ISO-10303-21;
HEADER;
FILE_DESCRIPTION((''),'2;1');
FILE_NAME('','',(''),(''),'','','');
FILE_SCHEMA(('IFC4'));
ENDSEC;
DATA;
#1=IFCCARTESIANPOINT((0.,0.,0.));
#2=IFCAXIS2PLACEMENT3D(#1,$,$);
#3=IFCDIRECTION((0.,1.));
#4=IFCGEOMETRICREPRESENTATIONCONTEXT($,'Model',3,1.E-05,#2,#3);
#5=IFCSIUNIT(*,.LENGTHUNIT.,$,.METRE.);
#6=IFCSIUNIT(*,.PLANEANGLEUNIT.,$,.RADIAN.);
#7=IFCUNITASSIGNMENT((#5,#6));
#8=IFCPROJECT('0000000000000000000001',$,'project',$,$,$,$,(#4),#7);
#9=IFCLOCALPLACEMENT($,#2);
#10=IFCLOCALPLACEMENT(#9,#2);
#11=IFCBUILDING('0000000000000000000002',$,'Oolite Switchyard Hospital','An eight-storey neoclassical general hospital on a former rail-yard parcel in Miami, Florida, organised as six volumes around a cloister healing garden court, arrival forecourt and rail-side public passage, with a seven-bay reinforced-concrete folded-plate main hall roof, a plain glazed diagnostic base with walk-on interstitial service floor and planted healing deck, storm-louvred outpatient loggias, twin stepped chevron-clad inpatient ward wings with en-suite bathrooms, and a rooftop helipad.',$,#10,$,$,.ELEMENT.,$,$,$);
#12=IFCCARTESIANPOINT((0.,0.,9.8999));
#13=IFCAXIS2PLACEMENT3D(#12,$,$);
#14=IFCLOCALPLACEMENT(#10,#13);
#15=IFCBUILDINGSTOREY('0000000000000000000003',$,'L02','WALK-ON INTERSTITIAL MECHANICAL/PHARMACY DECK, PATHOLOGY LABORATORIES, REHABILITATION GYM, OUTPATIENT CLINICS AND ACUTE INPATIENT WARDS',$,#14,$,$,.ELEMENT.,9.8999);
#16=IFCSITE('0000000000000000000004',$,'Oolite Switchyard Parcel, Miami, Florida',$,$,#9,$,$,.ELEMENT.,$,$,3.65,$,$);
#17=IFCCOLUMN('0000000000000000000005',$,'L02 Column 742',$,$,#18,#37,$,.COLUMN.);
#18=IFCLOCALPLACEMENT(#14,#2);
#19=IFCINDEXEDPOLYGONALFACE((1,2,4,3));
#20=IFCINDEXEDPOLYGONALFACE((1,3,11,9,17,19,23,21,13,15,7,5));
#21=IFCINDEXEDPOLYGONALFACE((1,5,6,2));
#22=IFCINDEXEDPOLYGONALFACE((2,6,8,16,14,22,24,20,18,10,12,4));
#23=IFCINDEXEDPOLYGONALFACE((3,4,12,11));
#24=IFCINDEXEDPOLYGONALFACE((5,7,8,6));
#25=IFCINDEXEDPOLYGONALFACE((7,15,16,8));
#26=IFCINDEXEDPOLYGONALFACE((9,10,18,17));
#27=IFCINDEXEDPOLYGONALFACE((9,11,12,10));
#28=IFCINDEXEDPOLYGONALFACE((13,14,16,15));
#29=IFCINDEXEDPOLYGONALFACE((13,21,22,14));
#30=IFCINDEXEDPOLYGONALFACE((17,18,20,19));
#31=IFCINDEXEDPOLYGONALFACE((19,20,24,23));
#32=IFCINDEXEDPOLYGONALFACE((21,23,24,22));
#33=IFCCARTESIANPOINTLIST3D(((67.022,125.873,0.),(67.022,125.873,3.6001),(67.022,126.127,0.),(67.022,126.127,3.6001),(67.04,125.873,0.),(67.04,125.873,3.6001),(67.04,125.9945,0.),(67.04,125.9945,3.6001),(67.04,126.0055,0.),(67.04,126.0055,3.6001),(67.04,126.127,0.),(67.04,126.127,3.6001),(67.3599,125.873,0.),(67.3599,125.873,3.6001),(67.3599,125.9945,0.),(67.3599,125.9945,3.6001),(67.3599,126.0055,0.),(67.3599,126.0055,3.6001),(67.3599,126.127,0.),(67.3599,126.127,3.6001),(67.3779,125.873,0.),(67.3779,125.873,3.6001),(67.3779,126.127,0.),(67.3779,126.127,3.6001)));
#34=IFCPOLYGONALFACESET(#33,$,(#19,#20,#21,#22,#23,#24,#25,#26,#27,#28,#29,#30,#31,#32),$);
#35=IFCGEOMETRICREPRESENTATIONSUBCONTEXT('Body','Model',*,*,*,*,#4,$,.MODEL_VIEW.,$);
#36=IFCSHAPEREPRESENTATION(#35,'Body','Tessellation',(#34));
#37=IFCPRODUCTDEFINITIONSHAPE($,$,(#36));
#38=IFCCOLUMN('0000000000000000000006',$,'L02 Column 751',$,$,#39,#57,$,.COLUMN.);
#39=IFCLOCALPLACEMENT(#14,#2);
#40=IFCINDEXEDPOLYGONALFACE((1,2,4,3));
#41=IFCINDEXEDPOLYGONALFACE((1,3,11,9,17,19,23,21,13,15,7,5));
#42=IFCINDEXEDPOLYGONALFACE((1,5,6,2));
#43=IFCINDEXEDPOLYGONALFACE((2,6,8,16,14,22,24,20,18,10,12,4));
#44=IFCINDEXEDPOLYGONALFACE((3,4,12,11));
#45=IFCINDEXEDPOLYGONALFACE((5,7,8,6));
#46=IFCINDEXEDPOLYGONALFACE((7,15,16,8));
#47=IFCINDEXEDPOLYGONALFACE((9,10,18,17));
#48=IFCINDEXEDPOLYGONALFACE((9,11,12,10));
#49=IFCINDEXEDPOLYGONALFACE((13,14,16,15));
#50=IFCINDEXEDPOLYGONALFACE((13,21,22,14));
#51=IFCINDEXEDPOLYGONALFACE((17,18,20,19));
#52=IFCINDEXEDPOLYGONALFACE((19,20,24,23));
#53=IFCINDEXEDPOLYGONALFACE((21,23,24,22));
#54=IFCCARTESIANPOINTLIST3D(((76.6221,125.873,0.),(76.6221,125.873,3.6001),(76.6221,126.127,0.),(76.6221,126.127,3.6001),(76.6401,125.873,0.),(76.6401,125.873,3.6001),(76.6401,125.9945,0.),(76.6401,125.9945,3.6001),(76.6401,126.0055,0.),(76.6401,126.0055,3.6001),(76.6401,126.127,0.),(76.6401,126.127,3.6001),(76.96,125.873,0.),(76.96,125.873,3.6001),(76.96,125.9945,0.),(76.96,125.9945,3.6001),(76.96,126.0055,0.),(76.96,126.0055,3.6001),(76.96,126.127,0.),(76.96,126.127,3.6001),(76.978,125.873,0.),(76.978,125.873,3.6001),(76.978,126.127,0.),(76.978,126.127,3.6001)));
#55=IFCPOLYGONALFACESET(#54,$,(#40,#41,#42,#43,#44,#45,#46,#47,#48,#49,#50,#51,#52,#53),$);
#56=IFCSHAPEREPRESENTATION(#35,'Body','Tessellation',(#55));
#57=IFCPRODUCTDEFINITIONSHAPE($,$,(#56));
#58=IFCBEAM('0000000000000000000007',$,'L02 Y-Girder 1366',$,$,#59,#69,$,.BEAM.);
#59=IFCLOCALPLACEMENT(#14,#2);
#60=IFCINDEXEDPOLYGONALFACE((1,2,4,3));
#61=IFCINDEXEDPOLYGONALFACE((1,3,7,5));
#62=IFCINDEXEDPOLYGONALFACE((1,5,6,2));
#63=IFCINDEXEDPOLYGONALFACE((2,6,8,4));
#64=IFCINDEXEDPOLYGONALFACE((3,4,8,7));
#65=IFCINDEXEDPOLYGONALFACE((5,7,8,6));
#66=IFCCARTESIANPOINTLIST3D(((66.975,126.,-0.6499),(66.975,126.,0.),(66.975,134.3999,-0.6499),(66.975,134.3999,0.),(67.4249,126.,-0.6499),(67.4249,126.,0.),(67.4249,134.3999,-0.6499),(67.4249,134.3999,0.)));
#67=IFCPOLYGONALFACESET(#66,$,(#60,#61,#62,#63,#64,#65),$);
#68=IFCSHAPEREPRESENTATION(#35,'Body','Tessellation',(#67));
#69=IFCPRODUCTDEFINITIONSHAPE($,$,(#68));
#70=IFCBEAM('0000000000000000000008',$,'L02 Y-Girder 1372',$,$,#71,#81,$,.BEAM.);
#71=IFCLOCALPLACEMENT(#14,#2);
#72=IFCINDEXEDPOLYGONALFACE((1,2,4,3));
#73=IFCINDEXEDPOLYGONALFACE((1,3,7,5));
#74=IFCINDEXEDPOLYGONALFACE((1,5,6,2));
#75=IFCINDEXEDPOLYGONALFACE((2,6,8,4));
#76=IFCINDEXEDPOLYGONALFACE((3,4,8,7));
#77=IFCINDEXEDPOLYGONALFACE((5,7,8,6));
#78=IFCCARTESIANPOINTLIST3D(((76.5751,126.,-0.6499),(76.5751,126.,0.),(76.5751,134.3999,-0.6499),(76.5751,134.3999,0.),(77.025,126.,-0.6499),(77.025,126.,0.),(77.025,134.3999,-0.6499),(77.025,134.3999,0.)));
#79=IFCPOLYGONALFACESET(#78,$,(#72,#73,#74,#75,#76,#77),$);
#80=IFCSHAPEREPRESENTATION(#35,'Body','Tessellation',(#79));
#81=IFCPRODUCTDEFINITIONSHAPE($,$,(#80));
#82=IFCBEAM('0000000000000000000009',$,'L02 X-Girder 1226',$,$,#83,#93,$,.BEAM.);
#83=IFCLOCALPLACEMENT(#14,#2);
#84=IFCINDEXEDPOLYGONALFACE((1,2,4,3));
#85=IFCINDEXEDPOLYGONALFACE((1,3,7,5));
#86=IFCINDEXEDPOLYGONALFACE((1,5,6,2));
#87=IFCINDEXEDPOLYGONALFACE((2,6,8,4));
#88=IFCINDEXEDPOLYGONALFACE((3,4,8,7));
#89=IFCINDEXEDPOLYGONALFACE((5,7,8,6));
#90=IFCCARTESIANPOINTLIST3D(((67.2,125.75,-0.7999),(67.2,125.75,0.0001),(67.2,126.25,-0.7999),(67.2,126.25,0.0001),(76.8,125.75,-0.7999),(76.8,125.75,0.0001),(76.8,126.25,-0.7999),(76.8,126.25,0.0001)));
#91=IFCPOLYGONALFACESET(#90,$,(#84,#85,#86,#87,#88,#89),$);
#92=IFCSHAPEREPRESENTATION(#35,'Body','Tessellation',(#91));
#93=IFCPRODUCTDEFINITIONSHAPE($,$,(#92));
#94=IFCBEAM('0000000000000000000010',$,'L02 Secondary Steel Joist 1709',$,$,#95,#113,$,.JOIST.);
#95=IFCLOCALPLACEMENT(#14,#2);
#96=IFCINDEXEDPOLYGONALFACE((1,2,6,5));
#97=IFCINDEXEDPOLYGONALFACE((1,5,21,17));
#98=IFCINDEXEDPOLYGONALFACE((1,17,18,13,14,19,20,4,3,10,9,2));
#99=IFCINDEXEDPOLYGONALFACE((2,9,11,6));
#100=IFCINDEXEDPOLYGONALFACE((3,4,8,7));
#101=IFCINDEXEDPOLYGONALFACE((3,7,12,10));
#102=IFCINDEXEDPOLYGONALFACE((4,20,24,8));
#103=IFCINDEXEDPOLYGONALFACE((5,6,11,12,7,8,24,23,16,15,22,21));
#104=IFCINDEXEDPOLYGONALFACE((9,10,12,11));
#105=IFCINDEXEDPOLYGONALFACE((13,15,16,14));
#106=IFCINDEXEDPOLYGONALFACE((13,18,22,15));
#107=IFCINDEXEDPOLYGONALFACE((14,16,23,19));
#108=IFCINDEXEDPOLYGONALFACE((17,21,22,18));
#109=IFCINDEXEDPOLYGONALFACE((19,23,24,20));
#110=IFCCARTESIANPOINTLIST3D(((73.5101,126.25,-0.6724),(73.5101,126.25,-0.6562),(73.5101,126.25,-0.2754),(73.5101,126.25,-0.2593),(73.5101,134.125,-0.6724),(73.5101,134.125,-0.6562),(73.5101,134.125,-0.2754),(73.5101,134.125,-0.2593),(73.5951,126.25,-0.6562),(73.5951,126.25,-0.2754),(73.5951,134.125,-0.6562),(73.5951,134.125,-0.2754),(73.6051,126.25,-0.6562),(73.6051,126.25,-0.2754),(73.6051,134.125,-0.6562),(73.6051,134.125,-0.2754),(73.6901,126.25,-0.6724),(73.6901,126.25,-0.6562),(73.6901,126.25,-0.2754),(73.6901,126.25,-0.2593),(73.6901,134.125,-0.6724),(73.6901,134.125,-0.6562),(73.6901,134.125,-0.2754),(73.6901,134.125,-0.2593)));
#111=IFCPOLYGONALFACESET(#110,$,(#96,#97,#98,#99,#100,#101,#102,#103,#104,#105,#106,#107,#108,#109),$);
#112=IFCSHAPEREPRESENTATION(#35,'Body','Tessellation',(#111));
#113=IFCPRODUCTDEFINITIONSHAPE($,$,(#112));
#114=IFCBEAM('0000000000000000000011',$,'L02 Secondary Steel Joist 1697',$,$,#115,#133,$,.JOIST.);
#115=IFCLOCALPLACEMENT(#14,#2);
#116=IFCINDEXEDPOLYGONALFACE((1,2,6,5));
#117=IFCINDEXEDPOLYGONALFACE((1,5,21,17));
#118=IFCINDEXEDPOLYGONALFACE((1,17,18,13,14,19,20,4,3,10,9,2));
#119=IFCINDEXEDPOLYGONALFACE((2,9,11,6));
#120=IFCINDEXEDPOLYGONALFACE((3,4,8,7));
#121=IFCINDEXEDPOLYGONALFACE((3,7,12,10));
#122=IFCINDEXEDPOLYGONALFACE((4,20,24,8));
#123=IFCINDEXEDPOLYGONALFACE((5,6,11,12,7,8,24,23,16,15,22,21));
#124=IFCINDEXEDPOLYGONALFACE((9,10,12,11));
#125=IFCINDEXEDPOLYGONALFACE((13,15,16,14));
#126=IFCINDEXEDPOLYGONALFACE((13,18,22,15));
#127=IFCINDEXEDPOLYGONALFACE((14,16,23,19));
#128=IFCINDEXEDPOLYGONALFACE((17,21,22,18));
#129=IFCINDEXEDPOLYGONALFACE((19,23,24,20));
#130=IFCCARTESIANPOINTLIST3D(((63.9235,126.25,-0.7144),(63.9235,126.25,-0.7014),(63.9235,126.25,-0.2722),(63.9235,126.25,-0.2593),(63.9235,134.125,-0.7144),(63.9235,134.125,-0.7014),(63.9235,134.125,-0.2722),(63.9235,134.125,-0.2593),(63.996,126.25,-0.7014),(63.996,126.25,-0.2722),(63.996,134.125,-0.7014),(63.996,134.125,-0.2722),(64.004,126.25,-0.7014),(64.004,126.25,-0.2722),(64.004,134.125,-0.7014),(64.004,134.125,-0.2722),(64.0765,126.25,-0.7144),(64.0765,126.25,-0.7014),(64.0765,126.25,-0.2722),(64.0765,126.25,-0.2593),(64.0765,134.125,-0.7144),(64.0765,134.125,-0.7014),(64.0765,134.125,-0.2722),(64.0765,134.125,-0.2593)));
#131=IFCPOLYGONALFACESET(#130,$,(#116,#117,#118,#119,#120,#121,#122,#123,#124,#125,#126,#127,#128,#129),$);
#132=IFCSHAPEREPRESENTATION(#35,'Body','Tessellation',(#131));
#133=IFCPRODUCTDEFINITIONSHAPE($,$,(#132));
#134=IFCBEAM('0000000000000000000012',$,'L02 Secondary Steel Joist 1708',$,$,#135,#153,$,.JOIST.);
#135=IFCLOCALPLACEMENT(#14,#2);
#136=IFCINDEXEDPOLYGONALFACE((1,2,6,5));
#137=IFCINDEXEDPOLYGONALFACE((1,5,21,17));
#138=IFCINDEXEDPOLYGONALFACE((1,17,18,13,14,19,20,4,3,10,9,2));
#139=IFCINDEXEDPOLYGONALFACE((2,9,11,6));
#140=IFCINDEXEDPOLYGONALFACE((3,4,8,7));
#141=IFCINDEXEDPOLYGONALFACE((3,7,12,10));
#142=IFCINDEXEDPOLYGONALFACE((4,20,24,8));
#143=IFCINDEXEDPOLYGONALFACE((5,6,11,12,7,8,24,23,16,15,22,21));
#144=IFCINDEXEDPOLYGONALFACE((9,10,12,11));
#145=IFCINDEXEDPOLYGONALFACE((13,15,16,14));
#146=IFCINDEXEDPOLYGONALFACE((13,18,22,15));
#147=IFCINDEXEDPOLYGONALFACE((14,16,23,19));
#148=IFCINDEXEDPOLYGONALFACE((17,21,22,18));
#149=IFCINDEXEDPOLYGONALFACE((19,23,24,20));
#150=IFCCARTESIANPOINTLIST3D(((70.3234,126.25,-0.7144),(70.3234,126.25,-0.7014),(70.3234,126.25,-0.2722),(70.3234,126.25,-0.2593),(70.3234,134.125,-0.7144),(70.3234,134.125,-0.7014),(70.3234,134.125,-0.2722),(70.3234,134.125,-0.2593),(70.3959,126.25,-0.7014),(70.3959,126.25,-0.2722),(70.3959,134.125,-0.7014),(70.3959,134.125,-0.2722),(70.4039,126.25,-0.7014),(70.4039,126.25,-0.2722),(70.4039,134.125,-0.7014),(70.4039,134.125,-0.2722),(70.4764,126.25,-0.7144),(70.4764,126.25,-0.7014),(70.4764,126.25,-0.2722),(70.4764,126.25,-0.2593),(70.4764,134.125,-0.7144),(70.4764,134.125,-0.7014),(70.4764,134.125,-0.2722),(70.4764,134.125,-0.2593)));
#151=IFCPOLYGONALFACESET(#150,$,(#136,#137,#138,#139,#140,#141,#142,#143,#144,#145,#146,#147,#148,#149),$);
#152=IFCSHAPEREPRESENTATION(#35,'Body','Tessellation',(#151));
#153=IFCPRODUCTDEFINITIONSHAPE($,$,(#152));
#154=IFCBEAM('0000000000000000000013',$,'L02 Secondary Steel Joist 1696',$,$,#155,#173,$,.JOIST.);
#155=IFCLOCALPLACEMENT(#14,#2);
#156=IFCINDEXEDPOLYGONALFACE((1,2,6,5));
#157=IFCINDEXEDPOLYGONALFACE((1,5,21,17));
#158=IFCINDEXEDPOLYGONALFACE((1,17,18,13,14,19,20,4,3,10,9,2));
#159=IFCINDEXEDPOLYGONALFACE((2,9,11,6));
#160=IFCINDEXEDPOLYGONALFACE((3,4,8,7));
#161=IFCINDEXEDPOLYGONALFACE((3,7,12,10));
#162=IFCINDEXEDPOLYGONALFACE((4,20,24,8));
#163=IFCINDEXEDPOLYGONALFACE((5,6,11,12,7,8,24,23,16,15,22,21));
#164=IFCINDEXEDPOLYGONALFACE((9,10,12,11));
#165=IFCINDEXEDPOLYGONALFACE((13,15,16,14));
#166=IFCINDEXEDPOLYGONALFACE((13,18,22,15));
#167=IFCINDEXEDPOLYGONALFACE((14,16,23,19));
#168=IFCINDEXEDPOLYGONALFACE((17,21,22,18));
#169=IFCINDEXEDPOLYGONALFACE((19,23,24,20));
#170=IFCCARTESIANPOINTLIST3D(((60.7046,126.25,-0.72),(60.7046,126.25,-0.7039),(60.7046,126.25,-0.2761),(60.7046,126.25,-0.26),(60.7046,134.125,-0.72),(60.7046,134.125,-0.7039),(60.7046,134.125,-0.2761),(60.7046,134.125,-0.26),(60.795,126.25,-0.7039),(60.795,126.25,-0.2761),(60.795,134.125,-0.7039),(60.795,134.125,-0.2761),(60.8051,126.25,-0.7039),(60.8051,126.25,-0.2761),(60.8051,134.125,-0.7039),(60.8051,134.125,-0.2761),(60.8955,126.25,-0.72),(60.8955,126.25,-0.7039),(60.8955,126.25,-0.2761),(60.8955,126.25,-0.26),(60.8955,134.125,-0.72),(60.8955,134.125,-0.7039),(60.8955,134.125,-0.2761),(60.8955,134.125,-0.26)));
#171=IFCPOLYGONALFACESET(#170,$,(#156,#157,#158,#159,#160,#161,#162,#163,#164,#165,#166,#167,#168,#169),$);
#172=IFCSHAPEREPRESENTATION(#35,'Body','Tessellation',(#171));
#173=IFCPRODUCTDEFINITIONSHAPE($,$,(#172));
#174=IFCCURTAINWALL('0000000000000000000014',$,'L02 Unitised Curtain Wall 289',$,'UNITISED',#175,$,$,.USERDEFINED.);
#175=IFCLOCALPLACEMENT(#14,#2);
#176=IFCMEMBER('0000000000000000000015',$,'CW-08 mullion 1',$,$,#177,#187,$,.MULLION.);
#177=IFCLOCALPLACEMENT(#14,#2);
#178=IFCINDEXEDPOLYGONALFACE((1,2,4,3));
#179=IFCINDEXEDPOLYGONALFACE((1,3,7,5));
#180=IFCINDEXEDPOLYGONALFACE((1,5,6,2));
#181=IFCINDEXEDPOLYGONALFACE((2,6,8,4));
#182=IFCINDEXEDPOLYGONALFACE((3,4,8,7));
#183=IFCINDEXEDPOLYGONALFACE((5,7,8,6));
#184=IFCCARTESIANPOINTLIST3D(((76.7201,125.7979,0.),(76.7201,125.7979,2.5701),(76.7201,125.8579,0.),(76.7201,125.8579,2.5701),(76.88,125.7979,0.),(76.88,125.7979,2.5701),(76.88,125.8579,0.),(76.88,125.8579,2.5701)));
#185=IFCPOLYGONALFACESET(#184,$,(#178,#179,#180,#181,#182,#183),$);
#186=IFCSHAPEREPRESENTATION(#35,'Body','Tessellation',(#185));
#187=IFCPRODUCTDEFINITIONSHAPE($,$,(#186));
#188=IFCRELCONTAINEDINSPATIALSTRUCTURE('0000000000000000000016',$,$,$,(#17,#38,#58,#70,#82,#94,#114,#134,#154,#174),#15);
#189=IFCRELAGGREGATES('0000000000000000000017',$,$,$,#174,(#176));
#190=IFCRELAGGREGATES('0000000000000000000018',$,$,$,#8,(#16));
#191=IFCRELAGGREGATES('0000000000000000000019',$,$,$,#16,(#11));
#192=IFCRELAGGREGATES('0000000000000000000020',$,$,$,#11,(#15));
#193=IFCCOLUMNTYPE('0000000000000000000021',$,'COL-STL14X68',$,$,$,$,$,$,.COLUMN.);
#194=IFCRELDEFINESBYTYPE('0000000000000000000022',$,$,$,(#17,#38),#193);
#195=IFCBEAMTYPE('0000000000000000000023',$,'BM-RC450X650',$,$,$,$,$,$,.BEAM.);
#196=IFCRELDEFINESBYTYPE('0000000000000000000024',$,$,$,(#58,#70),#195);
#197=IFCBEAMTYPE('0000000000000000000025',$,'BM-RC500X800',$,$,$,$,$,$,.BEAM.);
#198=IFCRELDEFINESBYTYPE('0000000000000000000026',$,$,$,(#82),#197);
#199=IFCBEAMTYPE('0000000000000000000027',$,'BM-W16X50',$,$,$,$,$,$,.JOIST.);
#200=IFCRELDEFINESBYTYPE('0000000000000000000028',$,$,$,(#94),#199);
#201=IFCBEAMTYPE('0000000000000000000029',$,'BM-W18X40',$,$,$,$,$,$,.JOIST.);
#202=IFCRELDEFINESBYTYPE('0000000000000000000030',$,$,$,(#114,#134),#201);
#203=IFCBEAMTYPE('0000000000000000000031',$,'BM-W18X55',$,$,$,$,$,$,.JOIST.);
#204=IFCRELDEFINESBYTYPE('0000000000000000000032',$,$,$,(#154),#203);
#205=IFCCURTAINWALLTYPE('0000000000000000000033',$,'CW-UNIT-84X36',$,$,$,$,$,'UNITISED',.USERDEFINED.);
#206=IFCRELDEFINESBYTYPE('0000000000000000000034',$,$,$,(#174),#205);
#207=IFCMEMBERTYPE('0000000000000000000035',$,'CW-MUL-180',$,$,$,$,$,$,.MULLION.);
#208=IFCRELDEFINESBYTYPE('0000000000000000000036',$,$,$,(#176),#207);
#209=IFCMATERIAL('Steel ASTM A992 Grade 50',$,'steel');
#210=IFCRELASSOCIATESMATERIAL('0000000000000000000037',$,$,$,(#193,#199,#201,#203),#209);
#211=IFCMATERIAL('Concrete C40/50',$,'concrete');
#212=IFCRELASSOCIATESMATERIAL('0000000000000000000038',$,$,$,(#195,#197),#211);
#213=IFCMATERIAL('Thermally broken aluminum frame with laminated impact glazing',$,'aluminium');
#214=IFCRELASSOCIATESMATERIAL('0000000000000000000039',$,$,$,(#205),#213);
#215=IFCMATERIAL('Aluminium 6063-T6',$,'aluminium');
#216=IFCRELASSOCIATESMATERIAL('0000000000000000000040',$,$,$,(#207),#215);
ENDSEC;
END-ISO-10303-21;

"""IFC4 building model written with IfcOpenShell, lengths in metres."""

from ifc_helpers import new_model, si_unit, direction, frame, origin, origin_2d, place, context, subcontext, project, spatial, rectangle, i_section, extrude, material, material_profile, profile_set, type_object, element, aggregate, save


model = new_model("IFC4")

# Units and contexts
model_context = context("Model", 3, precision=1e-05, world=origin(), true_north=direction((0.0, 1.0)))
body_context = subcontext(model_context, "Body", "Model", "MODEL_VIEW")
ifc_project = project(units=[si_unit("LENGTHUNIT", "METRE"), si_unit("PLANEANGLEUNIT", "RADIAN")], contexts=[model_context])

# Site, building, storey
site_placement = place(None, origin())
site = spatial("IfcSite", under=ifc_project, at=site_placement, Name="Oolite Switchyard Parcel, Miami, Florida", CompositionType="ELEMENT", RefElevation=3.65)
building_placement = place(site_placement, origin())
building = spatial("IfcBuilding", under=site, at=building_placement, Name="Oolite Switchyard Hospital", Description="An eight-storey neoclassical general hospital on a former rail-yard parcel in Miami, Florida, organised as six volumes around a cloister healing garden court, arrival forecourt and rail-side public passage, with a seven-bay reinforced-concrete folded-plate main hall roof, a plain glazed diagnostic base with walk-on interstitial service floor and planted healing deck, storm-louvred outpatient loggias, twin stepped chevron-clad inpatient ward wings with en-suite bathrooms, and a rooftop helipad.", CompositionType="ELEMENT")
storey_placement = place(building_placement, frame((0.0, 0.0, 9.8999)))
storey = spatial("IfcBuildingStorey", under=building, at=storey_placement, Name="L02", Description="WALK-ON INTERSTITIAL MECHANICAL/PHARMACY DECK, PATHOLOGY LABORATORIES, REHABILITATION GYM, OUTPATIENT CLINICS AND ACUTE INPATIENT WARDS", CompositionType="ELEMENT", Elevation=9.8999)

# Columns
ifc_material_1 = material(Name="Steel ASTM A992 Grade 50", Category="steel")
ifc_material_profile_1 = material_profile(ifc_material_1, i_section(OverallWidth=0.2539, OverallDepth=0.356, WebThickness=0.011, FlangeThickness=0.0181, at=origin_2d()), Name="W14X68")
ifc_profile_set_1 = profile_set([ifc_material_profile_1], Name="Steel ASTM A992 Grade 50")
column_type = type_object("IfcColumnType", Name="COL-STL14X68", PredefinedType="COLUMN", material=ifc_profile_set_1)
for number, where, z_axis, x_axis, name in (
    (1, (67.2, 126.0, 0.0), (0.0, 0.0, 1.0), (0.0, -1.0, 0.0), "L02 Column 742"),
    (2, (76.8, 126.0, 0.0), (0.0, 0.0, 1.0), (0.0, -1.0, 0.0), "L02 Column 751"),
):
    element("IfcColumn", number, at=place(storey_placement, frame(where, z_axis=z_axis, x_axis=x_axis)), inside=storey, type_object=column_type, Name=name, PredefinedType="COLUMN", context=body_context, shape_type="SweptSolid", body=[
        extrude(i_section(OverallWidth=0.2539, OverallDepth=0.356, WebThickness=0.011, FlangeThickness=0.0181, at=origin_2d()), origin(), (0.0, 0.0, 1.0), 3.6001),
    ])

# Beams
ifc_material_2 = material(Name="Concrete C40/50", Category="concrete")
ifc_material_profile_2 = material_profile(ifc_material_2, rectangle(XDim=0.45, YDim=0.6499, at=origin_2d()), Name="RCB450X650")
ifc_profile_set_2 = profile_set([ifc_material_profile_2], Name="Concrete C40/50")
beam_type_1 = type_object("IfcBeamType", Name="BM-RC450X650", PredefinedType="BEAM", material=ifc_profile_set_2)
for number, where, z_axis, x_axis, name in (
    (3, (67.2, 126.0, -0.325), (0.0, 1.0, 0.0), (-1.0, 0.0, 0.0), "L02 Y-Girder 1366"),
    (4, (76.8, 126.0, -0.325), (0.0, 1.0, 0.0), (-1.0, 0.0, 0.0), "L02 Y-Girder 1372"),
):
    element("IfcBeam", number, at=place(storey_placement, frame(where, z_axis=z_axis, x_axis=x_axis)), inside=storey, type_object=beam_type_1, Name=name, PredefinedType="BEAM", context=body_context, shape_type="SweptSolid", body=[
        extrude(rectangle(XDim=0.45, YDim=0.6499, at=origin_2d()), origin(), (0.0, 0.0, 1.0), 8.3999),
    ])
ifc_material_profile_3 = material_profile(ifc_material_2, rectangle(XDim=0.5, YDim=0.8, at=origin_2d()), Name="RCB500X800")
ifc_profile_set_3 = profile_set([ifc_material_profile_3], Name="Concrete C40/50")
beam_type_2 = type_object("IfcBeamType", Name="BM-RC500X800", PredefinedType="BEAM", material=ifc_profile_set_3)
beam_1_placement = place(storey_placement, frame((67.2, 126.0, -0.3999), z_axis=(1.0, 0.0, 0.0), x_axis=(0.0, 1.0, 0.0)))
element("IfcBeam", 5, at=beam_1_placement, inside=storey, type_object=beam_type_2, Name="L02 X-Girder 1226", PredefinedType="BEAM", context=body_context, shape_type="SweptSolid", body=[
    extrude(rectangle(XDim=0.5, YDim=0.8, at=origin_2d()), origin(), (0.0, 0.0, 1.0), 9.6001),
])
ifc_material_profile_4 = material_profile(ifc_material_1, i_section(OverallWidth=0.1799, OverallDepth=0.4131, WebThickness=0.01, FlangeThickness=0.0161, at=origin_2d()), Name="W16X50")
ifc_profile_set_4 = profile_set([ifc_material_profile_4], Name="Steel ASTM A992 Grade 50")
beam_type_3 = type_object("IfcBeamType", Name="BM-W16X50", PredefinedType="JOIST", material=ifc_profile_set_4)
beam_2_placement = place(storey_placement, frame((73.6001, 126.25, -0.4658), z_axis=(0.0, 1.0, 0.0), x_axis=(-1.0, 0.0, 0.0)))
element("IfcBeam", 6, at=beam_2_placement, inside=storey, type_object=beam_type_3, Name="L02 Secondary Steel Joist 1709", PredefinedType="JOIST", context=body_context, shape_type="SweptSolid", body=[
    extrude(i_section(OverallWidth=0.1799, OverallDepth=0.4131, WebThickness=0.01, FlangeThickness=0.0161, at=origin_2d()), origin(), (0.0, 0.0, 1.0), 7.875),
])
ifc_material_profile_5 = material_profile(ifc_material_1, i_section(OverallWidth=0.1531, OverallDepth=0.4551, WebThickness=0.0081, FlangeThickness=0.0129, at=origin_2d()), Name="W18X40")
ifc_profile_set_5 = profile_set([ifc_material_profile_5], Name="Steel ASTM A992 Grade 50")
beam_type_4 = type_object("IfcBeamType", Name="BM-W18X40", PredefinedType="JOIST", material=ifc_profile_set_5)
for number, where, z_axis, x_axis, name in (
    (7, (64.0, 126.25, -0.4868), (0.0, 1.0, 0.0), (-1.0, 0.0, 0.0), "L02 Secondary Steel Joist 1697"),
    (8, (70.3999, 126.25, -0.4868), (0.0, 1.0, 0.0), (-1.0, 0.0, 0.0), "L02 Secondary Steel Joist 1708"),
):
    element("IfcBeam", number, at=place(storey_placement, frame(where, z_axis=z_axis, x_axis=x_axis)), inside=storey, type_object=beam_type_4, Name=name, PredefinedType="JOIST", context=body_context, shape_type="SweptSolid", body=[
        extrude(i_section(OverallWidth=0.1531, OverallDepth=0.4551, WebThickness=0.0081, FlangeThickness=0.0129, at=origin_2d()), origin(), (0.0, 0.0, 1.0), 7.875),
    ])
ifc_material_profile_6 = material_profile(ifc_material_1, i_section(OverallWidth=0.1909, OverallDepth=0.46, WebThickness=0.01, FlangeThickness=0.0161, at=origin_2d()), Name="W18X55")
ifc_profile_set_6 = profile_set([ifc_material_profile_6], Name="Steel ASTM A992 Grade 50")
beam_type_5 = type_object("IfcBeamType", Name="BM-W18X55", PredefinedType="JOIST", material=ifc_profile_set_6)
beam_3_placement = place(storey_placement, frame((60.8, 126.25, -0.49), z_axis=(0.0, 1.0, 0.0), x_axis=(-1.0, 0.0, 0.0)))
element("IfcBeam", 9, at=beam_3_placement, inside=storey, type_object=beam_type_5, Name="L02 Secondary Steel Joist 1696", PredefinedType="JOIST", context=body_context, shape_type="SweptSolid", body=[
    extrude(i_section(OverallWidth=0.1909, OverallDepth=0.46, WebThickness=0.01, FlangeThickness=0.0161, at=origin_2d()), origin(), (0.0, 0.0, 1.0), 7.875),
])

# Curtain wall, member
ifc_material_3 = material(Name="Thermally broken aluminum frame with laminated impact glazing", Category="aluminium")
curtain_wall_type = type_object("IfcCurtainWallType", Name="CW-UNIT-84X36", ElementType="UNITISED", PredefinedType="USERDEFINED", material=ifc_material_3)
curtain_wall_1_placement = place(storey_placement, origin())
curtain_wall_1 = element("IfcCurtainWall", 10, at=curtain_wall_1_placement, inside=storey, type_object=curtain_wall_type, Name="L02 Unitised Curtain Wall 289", ObjectType="UNITISED", PredefinedType="USERDEFINED")
ifc_material_4 = material(Name="Aluminium 6063-T6", Category="aluminium")
ifc_material_profile_7 = material_profile(ifc_material_4, rectangle(XDim=0.1599, YDim=0.0601, at=origin_2d()), Name="CWM60X160")
ifc_profile_set_7 = profile_set([ifc_material_profile_7], Name="Aluminium 6063-T6")
member_type_1 = type_object("IfcMemberType", Name="CW-MUL-180", PredefinedType="MULLION", material=ifc_profile_set_7)
member_1_placement = place(storey_placement, frame((76.8, 125.8279, 0.0), z_axis=(0.0, 0.0, 1.0), x_axis=(1.0, 0.0, 0.0)))
member_1 = element("IfcMember", 11, at=member_1_placement, type_object=member_type_1, Name="CW-08 mullion 1", PredefinedType="MULLION", context=body_context, shape_type="SweptSolid", body=[
    extrude(rectangle(XDim=0.1599, YDim=0.0601, at=origin_2d()), origin(), (0.0, 0.0, 1.0), 2.5701),
])

aggregate(curtain_wall_1, [member_1])

save(model, "model.ifc")
